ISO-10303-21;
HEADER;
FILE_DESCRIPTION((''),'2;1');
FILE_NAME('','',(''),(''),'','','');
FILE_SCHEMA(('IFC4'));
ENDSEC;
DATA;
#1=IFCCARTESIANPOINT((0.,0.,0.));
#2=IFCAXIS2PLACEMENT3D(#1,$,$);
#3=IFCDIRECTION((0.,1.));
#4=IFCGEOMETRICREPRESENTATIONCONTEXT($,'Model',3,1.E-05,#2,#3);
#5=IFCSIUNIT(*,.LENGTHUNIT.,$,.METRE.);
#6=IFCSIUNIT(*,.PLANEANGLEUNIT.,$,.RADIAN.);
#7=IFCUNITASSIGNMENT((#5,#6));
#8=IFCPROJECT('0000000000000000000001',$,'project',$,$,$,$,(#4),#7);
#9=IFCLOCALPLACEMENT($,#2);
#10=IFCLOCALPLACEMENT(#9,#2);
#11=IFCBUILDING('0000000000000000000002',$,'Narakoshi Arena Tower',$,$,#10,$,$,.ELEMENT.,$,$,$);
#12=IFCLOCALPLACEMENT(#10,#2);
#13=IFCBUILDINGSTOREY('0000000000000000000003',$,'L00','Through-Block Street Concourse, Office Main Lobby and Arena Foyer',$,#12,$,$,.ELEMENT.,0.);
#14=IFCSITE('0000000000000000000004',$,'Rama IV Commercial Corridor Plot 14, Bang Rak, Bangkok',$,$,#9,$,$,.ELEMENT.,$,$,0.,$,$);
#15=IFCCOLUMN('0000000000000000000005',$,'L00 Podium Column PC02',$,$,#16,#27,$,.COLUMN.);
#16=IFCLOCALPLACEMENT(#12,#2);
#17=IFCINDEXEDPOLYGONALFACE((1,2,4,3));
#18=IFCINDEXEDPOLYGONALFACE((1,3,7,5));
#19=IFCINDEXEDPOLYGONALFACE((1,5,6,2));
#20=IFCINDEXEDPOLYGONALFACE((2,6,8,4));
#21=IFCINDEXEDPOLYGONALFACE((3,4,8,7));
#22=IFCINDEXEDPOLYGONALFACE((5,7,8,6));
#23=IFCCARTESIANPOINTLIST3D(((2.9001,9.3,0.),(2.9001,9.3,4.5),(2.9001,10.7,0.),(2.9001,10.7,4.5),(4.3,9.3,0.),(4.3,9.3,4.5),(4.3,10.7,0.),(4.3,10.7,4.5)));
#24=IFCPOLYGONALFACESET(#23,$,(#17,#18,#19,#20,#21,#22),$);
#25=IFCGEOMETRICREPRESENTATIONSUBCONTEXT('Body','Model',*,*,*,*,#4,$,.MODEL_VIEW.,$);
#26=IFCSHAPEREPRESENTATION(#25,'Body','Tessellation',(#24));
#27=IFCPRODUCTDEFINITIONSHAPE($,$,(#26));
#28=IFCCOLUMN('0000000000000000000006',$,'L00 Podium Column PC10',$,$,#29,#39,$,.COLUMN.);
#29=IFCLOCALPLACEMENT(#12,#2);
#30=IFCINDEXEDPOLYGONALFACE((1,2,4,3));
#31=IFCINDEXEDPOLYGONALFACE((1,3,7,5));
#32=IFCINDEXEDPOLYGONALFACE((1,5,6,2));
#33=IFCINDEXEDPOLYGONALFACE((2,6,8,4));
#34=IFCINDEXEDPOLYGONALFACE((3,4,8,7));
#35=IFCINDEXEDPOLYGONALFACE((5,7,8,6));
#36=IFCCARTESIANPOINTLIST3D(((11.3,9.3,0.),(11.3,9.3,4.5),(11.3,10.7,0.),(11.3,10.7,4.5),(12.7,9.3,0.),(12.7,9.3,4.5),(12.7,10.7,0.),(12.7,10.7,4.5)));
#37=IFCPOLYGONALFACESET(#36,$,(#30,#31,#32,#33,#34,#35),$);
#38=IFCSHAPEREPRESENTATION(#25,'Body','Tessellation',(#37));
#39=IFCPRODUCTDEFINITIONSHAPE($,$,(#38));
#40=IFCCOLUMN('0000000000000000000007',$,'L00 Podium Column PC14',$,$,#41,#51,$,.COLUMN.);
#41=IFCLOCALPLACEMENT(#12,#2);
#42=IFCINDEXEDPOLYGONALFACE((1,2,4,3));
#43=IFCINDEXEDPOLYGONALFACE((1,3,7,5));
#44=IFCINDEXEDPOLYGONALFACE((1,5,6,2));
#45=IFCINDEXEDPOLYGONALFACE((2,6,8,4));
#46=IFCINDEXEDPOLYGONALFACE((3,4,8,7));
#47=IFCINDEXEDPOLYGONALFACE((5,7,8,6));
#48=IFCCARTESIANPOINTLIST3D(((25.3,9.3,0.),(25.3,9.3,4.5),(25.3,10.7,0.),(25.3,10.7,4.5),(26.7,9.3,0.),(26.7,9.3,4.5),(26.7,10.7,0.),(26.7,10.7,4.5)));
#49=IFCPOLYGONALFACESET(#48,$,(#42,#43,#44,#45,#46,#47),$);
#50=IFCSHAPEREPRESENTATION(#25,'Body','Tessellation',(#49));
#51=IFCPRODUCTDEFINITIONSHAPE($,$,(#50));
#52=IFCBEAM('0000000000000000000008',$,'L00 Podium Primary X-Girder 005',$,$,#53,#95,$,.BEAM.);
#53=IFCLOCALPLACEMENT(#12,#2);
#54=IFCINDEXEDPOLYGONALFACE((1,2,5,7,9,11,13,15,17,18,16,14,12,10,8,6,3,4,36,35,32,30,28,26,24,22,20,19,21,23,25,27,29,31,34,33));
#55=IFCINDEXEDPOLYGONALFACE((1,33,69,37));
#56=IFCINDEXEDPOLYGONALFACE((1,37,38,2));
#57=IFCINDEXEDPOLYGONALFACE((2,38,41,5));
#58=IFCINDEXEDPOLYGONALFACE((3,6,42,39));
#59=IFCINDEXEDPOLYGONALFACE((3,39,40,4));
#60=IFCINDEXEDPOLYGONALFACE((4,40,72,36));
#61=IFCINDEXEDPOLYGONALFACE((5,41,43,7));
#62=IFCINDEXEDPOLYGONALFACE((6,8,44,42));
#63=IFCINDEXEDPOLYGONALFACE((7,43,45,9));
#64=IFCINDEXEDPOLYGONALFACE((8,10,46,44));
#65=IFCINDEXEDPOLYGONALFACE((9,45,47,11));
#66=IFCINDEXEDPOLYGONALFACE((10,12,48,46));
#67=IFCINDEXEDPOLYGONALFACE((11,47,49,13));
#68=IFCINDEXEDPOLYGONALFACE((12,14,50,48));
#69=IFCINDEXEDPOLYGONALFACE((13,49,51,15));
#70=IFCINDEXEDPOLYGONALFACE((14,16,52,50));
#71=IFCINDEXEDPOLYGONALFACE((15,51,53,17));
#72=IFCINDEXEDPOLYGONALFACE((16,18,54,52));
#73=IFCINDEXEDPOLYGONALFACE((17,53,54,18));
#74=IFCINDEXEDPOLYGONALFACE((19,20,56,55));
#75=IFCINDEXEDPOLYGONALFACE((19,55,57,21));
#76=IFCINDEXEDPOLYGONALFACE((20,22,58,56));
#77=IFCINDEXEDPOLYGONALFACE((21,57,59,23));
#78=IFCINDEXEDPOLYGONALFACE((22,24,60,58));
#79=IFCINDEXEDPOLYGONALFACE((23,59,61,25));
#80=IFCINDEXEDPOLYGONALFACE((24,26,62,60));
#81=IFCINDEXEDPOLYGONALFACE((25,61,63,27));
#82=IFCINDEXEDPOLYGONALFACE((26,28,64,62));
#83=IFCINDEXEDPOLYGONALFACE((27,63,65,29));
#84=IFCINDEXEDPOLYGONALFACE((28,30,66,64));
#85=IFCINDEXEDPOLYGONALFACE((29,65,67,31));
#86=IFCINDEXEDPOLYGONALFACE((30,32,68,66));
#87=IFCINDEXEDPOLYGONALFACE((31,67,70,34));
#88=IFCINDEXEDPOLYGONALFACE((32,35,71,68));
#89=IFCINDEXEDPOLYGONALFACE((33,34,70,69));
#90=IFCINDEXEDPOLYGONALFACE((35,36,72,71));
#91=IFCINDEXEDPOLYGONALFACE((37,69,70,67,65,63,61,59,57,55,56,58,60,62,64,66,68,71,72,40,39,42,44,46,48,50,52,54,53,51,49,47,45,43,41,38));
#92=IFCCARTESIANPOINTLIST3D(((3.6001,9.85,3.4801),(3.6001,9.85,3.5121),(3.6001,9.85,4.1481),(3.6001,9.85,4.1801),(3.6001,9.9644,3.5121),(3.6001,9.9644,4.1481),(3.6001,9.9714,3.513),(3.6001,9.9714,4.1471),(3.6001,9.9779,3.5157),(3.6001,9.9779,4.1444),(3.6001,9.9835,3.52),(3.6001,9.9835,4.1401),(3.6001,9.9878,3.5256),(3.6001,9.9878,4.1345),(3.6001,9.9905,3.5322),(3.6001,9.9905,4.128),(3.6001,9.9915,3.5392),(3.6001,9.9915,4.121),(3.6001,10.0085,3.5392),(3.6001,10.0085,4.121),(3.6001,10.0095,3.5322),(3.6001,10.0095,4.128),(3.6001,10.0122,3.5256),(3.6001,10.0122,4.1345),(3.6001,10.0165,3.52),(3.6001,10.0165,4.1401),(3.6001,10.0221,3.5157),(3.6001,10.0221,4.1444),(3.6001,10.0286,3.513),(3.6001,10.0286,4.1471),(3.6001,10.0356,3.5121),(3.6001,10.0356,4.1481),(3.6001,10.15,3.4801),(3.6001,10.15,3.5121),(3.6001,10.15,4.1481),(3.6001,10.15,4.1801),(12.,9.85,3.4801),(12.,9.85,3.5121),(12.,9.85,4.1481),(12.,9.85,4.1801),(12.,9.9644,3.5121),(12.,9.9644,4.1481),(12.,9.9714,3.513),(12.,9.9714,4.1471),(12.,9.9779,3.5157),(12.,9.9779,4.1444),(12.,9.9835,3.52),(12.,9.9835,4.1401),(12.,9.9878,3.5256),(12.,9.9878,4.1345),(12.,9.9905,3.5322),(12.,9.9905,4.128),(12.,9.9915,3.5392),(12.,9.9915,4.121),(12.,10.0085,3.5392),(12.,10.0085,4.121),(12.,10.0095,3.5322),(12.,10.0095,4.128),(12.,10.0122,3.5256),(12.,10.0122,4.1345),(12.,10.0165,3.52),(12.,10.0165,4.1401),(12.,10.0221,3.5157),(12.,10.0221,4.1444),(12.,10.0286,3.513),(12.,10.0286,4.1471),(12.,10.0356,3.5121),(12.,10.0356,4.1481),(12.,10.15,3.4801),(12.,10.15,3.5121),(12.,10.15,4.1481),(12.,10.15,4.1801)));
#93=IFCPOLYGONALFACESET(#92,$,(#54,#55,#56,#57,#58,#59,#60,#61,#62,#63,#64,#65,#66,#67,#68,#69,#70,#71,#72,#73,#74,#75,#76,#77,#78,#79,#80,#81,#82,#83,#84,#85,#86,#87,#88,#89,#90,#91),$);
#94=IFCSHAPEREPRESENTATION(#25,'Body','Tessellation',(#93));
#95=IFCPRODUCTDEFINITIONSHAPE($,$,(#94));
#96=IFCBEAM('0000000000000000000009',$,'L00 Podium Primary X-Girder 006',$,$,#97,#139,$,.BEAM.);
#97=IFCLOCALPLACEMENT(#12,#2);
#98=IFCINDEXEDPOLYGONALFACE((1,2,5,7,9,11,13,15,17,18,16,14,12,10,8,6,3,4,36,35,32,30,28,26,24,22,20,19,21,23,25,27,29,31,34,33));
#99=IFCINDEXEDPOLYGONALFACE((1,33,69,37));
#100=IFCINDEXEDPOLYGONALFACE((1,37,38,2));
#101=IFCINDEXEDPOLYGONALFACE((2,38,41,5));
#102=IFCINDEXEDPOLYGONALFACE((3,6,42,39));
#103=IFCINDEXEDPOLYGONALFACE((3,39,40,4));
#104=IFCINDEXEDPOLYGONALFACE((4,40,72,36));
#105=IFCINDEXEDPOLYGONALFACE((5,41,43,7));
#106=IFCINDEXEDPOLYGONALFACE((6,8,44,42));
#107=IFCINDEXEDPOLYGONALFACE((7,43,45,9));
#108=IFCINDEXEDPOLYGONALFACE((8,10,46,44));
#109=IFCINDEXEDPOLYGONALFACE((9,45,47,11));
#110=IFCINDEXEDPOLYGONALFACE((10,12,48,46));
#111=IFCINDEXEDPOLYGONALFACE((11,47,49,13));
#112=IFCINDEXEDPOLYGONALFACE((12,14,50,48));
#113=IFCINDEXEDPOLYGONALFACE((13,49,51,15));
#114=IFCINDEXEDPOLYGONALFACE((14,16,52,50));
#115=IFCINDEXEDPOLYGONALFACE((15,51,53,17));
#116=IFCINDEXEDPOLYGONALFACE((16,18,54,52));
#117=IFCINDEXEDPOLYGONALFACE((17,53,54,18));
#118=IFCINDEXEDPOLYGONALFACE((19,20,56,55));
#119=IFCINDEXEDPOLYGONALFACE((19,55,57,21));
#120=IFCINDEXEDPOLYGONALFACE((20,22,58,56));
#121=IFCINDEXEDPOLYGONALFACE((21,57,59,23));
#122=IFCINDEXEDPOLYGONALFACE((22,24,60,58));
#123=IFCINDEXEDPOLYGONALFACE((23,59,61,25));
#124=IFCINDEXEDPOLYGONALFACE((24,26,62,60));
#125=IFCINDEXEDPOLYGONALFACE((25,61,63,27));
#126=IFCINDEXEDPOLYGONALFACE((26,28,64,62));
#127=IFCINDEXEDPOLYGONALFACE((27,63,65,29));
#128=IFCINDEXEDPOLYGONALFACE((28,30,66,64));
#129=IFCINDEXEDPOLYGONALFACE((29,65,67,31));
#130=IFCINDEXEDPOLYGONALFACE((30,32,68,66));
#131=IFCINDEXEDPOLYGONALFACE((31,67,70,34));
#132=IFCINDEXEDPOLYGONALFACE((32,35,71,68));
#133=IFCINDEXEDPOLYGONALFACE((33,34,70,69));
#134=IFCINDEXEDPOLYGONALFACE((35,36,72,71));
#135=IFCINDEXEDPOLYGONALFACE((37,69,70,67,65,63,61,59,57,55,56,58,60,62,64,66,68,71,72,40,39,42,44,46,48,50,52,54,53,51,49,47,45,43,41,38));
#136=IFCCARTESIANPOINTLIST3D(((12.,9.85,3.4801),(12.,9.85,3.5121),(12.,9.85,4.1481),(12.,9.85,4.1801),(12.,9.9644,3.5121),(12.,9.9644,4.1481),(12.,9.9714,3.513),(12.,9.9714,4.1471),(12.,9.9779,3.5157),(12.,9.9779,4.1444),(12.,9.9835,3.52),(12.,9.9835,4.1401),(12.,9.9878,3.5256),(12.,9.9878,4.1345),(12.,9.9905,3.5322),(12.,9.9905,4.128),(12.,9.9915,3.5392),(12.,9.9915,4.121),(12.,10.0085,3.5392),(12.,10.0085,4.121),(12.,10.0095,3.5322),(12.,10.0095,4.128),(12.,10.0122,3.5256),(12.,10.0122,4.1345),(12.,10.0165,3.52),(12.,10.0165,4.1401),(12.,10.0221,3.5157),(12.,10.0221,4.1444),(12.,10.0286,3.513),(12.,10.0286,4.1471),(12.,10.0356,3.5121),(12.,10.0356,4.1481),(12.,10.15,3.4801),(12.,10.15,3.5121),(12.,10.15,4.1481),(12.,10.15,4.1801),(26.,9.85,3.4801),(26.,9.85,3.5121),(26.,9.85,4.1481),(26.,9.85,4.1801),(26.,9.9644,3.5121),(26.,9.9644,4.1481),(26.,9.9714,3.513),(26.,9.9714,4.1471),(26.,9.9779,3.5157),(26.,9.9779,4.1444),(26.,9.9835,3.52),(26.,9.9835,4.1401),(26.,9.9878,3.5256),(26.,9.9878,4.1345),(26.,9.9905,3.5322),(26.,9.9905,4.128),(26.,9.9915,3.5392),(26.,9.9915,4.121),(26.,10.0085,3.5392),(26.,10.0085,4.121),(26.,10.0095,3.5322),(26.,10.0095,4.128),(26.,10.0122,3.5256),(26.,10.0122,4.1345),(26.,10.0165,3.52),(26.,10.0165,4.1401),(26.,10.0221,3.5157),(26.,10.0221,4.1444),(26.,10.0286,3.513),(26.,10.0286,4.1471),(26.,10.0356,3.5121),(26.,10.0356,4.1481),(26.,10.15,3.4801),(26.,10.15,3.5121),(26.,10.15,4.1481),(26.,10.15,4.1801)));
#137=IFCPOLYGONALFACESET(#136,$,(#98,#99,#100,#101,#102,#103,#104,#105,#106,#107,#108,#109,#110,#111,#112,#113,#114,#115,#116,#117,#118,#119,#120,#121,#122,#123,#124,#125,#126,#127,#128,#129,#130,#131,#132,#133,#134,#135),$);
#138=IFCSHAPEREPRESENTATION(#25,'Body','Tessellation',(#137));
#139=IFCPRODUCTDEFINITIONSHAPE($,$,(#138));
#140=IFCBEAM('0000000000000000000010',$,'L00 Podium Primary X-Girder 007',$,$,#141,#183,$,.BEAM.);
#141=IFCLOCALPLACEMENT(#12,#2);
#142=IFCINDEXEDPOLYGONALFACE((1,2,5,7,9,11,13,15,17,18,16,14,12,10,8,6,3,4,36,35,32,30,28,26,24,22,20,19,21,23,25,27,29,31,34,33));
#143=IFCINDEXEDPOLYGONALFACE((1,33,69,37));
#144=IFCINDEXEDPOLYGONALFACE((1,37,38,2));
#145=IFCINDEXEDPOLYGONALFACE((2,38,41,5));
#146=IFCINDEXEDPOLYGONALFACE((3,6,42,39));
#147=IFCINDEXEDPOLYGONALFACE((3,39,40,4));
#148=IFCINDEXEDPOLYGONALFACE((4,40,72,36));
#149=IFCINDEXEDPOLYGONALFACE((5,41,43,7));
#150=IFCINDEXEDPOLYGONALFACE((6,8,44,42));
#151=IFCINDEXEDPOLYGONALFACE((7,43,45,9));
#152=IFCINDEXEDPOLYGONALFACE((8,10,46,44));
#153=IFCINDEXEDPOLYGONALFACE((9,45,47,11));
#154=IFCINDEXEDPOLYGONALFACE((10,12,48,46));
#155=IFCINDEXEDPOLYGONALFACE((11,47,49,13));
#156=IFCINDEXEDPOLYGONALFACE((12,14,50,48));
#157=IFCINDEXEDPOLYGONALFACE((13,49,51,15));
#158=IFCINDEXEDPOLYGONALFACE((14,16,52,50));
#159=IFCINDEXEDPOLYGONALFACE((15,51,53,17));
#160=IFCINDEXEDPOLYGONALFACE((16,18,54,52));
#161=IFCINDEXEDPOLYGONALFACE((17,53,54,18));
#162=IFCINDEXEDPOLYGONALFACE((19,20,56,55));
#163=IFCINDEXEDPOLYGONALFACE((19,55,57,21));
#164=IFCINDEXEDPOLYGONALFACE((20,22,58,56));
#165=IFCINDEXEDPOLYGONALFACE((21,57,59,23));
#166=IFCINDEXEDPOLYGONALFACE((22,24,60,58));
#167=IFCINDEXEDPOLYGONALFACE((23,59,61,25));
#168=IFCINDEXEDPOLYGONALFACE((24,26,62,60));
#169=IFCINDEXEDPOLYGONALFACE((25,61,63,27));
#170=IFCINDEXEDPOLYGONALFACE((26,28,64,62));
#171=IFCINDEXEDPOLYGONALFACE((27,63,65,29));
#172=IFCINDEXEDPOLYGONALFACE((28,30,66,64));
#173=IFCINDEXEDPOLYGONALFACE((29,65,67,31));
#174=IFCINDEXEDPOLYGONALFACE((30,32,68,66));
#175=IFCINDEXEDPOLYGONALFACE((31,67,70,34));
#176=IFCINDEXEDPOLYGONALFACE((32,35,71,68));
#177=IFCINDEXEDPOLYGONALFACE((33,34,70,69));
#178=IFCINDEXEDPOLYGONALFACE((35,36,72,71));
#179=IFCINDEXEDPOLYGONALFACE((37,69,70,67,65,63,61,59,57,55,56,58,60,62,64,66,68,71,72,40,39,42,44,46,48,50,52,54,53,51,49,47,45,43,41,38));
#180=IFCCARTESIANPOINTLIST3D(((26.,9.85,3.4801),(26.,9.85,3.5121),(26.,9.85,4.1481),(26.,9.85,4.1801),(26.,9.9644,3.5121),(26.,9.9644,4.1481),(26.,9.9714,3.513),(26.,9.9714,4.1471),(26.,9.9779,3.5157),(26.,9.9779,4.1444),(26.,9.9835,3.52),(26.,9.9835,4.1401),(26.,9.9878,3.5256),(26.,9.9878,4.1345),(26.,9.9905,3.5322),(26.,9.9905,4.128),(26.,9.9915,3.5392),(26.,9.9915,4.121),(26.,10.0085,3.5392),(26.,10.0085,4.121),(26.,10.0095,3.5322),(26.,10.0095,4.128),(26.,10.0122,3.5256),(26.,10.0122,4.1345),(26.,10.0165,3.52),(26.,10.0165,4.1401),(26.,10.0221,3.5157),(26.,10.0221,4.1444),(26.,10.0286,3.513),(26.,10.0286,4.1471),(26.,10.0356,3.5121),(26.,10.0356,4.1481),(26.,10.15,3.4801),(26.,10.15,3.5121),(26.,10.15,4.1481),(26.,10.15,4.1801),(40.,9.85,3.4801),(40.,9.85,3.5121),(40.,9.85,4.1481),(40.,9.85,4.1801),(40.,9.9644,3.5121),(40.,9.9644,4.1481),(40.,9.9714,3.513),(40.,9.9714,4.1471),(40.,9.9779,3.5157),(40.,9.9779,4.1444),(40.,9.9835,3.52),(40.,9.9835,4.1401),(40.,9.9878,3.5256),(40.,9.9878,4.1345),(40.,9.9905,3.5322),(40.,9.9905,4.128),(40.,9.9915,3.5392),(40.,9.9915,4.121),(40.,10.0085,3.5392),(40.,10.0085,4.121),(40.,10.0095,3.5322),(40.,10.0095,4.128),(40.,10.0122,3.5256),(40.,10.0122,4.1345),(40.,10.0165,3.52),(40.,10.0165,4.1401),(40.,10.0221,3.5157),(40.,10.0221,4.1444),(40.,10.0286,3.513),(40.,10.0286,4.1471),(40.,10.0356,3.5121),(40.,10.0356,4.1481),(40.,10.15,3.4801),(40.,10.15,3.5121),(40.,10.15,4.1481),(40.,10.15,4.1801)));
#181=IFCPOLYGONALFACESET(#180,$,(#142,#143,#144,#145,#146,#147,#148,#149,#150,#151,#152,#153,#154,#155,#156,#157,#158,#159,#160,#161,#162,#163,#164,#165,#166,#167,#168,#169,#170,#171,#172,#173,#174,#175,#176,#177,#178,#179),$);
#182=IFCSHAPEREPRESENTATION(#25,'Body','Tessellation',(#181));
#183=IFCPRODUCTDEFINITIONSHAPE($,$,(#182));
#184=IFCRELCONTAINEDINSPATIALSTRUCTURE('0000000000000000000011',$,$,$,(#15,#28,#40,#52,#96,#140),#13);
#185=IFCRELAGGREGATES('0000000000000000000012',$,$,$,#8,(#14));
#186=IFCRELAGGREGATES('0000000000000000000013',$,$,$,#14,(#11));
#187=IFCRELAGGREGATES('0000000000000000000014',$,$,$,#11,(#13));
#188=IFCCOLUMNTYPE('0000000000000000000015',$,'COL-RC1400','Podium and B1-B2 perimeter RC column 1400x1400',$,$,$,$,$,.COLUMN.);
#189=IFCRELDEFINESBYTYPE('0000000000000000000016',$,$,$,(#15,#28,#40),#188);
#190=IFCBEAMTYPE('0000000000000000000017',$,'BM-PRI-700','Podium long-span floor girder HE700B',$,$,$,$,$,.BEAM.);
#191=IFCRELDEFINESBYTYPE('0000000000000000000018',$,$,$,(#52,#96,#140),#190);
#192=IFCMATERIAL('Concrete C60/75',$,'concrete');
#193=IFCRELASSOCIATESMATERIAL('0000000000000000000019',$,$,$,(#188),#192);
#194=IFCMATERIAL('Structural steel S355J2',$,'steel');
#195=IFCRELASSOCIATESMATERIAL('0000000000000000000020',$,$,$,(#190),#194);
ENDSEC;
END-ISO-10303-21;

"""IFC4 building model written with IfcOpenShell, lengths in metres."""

from ifc_helpers import new_model, si_unit, direction, frame, origin, origin_2d, place, context, subcontext, project, spatial, rectangle, i_section, extrude, material, material_profile, profile_set, type_object, element, save


model = new_model("IFC4")

# Units and contexts
model_context = context("Model", 3, precision=1e-05, world=origin(), true_north=direction((0.0, 1.0)))
body_context = subcontext(model_context, "Body", "Model", "MODEL_VIEW")
ifc_project = project(units=[si_unit("LENGTHUNIT", "METRE"), si_unit("PLANEANGLEUNIT", "RADIAN")], contexts=[model_context])

# Site, building, storey
site_placement = place(None, origin())
site = spatial("IfcSite", under=ifc_project, at=site_placement, Name="Rama IV Commercial Corridor Plot 14, Bang Rak, Bangkok", CompositionType="ELEMENT", RefElevation=0.0)
building_placement = place(site_placement, origin())
building = spatial("IfcBuilding", under=site, at=building_placement, Name="Narakoshi Arena Tower", CompositionType="ELEMENT")
storey_placement = place(building_placement, origin())
storey = spatial("IfcBuildingStorey", under=building, at=storey_placement, Name="L00", Description="Through-Block Street Concourse, Office Main Lobby and Arena Foyer", CompositionType="ELEMENT", Elevation=0.0)

# Columns
ifc_material_1 = material(Name="Concrete C60/75", Category="concrete")
ifc_material_profile_1 = material_profile(ifc_material_1, rectangle(XDim=1.3999, YDim=1.3999, at=origin_2d()), Name="RC1400x1400")
ifc_profile_set_1 = profile_set([ifc_material_profile_1], Name="Concrete C60/75")
column_type = type_object("IfcColumnType", Name="COL-RC1400", Description="Podium and B1-B2 perimeter RC column 1400x1400", PredefinedType="COLUMN", material=ifc_profile_set_1)
for number, where, z_axis, x_axis, name in (
    (1, (3.6001, 10.0, 0.0), (0.0, 0.0, 1.0), (1.0, 0.0, 0.0), "L00 Podium Column PC02"),
    (2, (12.0, 10.0, 0.0), (0.0, 0.0, 1.0), (1.0, 0.0, 0.0), "L00 Podium Column PC10"),
    (3, (26.0, 10.0, 0.0), (0.0, 0.0, 1.0), (1.0, 0.0, 0.0), "L00 Podium Column PC14"),
):
    element("IfcColumn", number, at=place(storey_placement, frame(where, z_axis=z_axis, x_axis=x_axis)), inside=storey, type_object=column_type, Name=name, PredefinedType="COLUMN", context=body_context, shape_type="SweptSolid", body=[
        extrude(rectangle(XDim=1.3999, YDim=1.3999, at=origin_2d()), origin(), (0.0, 0.0, 1.0), 4.5),
    ])

# Beams
ifc_material_2 = material(Name="Structural steel S355J2", Category="steel")
ifc_material_profile_2 = material_profile(ifc_material_2, i_section(OverallWidth=0.3, OverallDepth=0.7, WebThickness=0.0171, FlangeThickness=0.032, FilletRadius=0.0271, at=origin_2d()), Name="HE700B")
ifc_profile_set_2 = profile_set([ifc_material_profile_2], Name="Structural steel S355J2")
beam_type_1 = type_object("IfcBeamType", Name="BM-PRI-700", Description="Podium long-span floor girder HE700B", PredefinedType="BEAM", material=ifc_profile_set_2)
beam_1_placement = place(storey_placement, frame((3.6001, 10.0, 3.8301), z_axis=(1.0, 0.0, 0.0), x_axis=(0.0, 1.0, 0.0)))
element("IfcBeam", 4, at=beam_1_placement, inside=storey, type_object=beam_type_1, Name="L00 Podium Primary X-Girder 005", PredefinedType="BEAM", context=body_context, shape_type="SweptSolid", body=[
    extrude(i_section(OverallWidth=0.3, OverallDepth=0.7, WebThickness=0.0171, FlangeThickness=0.032, FilletRadius=0.0271, at=origin_2d()), origin(), (0.0, 0.0, 1.0), 8.3999),
])
for number, where, z_axis, x_axis, name in (
    (5, (12.0, 10.0, 3.8301), (1.0, 0.0, 0.0), (0.0, 1.0, 0.0), "L00 Podium Primary X-Girder 006"),
    (6, (26.0, 10.0, 3.8301), (1.0, 0.0, 0.0), (0.0, 1.0, 0.0), "L00 Podium Primary X-Girder 007"),
):
    element("IfcBeam", number, at=place(storey_placement, frame(where, z_axis=z_axis, x_axis=x_axis)), inside=storey, type_object=beam_type_1, Name=name, PredefinedType="BEAM", context=body_context, shape_type="SweptSolid", body=[
        extrude(i_section(OverallWidth=0.3, OverallDepth=0.7, WebThickness=0.0171, FlangeThickness=0.032, FilletRadius=0.0271, at=origin_2d()), origin(), (0.0, 0.0, 1.0), 14.0),
    ])

save(model, "model.ifc")
